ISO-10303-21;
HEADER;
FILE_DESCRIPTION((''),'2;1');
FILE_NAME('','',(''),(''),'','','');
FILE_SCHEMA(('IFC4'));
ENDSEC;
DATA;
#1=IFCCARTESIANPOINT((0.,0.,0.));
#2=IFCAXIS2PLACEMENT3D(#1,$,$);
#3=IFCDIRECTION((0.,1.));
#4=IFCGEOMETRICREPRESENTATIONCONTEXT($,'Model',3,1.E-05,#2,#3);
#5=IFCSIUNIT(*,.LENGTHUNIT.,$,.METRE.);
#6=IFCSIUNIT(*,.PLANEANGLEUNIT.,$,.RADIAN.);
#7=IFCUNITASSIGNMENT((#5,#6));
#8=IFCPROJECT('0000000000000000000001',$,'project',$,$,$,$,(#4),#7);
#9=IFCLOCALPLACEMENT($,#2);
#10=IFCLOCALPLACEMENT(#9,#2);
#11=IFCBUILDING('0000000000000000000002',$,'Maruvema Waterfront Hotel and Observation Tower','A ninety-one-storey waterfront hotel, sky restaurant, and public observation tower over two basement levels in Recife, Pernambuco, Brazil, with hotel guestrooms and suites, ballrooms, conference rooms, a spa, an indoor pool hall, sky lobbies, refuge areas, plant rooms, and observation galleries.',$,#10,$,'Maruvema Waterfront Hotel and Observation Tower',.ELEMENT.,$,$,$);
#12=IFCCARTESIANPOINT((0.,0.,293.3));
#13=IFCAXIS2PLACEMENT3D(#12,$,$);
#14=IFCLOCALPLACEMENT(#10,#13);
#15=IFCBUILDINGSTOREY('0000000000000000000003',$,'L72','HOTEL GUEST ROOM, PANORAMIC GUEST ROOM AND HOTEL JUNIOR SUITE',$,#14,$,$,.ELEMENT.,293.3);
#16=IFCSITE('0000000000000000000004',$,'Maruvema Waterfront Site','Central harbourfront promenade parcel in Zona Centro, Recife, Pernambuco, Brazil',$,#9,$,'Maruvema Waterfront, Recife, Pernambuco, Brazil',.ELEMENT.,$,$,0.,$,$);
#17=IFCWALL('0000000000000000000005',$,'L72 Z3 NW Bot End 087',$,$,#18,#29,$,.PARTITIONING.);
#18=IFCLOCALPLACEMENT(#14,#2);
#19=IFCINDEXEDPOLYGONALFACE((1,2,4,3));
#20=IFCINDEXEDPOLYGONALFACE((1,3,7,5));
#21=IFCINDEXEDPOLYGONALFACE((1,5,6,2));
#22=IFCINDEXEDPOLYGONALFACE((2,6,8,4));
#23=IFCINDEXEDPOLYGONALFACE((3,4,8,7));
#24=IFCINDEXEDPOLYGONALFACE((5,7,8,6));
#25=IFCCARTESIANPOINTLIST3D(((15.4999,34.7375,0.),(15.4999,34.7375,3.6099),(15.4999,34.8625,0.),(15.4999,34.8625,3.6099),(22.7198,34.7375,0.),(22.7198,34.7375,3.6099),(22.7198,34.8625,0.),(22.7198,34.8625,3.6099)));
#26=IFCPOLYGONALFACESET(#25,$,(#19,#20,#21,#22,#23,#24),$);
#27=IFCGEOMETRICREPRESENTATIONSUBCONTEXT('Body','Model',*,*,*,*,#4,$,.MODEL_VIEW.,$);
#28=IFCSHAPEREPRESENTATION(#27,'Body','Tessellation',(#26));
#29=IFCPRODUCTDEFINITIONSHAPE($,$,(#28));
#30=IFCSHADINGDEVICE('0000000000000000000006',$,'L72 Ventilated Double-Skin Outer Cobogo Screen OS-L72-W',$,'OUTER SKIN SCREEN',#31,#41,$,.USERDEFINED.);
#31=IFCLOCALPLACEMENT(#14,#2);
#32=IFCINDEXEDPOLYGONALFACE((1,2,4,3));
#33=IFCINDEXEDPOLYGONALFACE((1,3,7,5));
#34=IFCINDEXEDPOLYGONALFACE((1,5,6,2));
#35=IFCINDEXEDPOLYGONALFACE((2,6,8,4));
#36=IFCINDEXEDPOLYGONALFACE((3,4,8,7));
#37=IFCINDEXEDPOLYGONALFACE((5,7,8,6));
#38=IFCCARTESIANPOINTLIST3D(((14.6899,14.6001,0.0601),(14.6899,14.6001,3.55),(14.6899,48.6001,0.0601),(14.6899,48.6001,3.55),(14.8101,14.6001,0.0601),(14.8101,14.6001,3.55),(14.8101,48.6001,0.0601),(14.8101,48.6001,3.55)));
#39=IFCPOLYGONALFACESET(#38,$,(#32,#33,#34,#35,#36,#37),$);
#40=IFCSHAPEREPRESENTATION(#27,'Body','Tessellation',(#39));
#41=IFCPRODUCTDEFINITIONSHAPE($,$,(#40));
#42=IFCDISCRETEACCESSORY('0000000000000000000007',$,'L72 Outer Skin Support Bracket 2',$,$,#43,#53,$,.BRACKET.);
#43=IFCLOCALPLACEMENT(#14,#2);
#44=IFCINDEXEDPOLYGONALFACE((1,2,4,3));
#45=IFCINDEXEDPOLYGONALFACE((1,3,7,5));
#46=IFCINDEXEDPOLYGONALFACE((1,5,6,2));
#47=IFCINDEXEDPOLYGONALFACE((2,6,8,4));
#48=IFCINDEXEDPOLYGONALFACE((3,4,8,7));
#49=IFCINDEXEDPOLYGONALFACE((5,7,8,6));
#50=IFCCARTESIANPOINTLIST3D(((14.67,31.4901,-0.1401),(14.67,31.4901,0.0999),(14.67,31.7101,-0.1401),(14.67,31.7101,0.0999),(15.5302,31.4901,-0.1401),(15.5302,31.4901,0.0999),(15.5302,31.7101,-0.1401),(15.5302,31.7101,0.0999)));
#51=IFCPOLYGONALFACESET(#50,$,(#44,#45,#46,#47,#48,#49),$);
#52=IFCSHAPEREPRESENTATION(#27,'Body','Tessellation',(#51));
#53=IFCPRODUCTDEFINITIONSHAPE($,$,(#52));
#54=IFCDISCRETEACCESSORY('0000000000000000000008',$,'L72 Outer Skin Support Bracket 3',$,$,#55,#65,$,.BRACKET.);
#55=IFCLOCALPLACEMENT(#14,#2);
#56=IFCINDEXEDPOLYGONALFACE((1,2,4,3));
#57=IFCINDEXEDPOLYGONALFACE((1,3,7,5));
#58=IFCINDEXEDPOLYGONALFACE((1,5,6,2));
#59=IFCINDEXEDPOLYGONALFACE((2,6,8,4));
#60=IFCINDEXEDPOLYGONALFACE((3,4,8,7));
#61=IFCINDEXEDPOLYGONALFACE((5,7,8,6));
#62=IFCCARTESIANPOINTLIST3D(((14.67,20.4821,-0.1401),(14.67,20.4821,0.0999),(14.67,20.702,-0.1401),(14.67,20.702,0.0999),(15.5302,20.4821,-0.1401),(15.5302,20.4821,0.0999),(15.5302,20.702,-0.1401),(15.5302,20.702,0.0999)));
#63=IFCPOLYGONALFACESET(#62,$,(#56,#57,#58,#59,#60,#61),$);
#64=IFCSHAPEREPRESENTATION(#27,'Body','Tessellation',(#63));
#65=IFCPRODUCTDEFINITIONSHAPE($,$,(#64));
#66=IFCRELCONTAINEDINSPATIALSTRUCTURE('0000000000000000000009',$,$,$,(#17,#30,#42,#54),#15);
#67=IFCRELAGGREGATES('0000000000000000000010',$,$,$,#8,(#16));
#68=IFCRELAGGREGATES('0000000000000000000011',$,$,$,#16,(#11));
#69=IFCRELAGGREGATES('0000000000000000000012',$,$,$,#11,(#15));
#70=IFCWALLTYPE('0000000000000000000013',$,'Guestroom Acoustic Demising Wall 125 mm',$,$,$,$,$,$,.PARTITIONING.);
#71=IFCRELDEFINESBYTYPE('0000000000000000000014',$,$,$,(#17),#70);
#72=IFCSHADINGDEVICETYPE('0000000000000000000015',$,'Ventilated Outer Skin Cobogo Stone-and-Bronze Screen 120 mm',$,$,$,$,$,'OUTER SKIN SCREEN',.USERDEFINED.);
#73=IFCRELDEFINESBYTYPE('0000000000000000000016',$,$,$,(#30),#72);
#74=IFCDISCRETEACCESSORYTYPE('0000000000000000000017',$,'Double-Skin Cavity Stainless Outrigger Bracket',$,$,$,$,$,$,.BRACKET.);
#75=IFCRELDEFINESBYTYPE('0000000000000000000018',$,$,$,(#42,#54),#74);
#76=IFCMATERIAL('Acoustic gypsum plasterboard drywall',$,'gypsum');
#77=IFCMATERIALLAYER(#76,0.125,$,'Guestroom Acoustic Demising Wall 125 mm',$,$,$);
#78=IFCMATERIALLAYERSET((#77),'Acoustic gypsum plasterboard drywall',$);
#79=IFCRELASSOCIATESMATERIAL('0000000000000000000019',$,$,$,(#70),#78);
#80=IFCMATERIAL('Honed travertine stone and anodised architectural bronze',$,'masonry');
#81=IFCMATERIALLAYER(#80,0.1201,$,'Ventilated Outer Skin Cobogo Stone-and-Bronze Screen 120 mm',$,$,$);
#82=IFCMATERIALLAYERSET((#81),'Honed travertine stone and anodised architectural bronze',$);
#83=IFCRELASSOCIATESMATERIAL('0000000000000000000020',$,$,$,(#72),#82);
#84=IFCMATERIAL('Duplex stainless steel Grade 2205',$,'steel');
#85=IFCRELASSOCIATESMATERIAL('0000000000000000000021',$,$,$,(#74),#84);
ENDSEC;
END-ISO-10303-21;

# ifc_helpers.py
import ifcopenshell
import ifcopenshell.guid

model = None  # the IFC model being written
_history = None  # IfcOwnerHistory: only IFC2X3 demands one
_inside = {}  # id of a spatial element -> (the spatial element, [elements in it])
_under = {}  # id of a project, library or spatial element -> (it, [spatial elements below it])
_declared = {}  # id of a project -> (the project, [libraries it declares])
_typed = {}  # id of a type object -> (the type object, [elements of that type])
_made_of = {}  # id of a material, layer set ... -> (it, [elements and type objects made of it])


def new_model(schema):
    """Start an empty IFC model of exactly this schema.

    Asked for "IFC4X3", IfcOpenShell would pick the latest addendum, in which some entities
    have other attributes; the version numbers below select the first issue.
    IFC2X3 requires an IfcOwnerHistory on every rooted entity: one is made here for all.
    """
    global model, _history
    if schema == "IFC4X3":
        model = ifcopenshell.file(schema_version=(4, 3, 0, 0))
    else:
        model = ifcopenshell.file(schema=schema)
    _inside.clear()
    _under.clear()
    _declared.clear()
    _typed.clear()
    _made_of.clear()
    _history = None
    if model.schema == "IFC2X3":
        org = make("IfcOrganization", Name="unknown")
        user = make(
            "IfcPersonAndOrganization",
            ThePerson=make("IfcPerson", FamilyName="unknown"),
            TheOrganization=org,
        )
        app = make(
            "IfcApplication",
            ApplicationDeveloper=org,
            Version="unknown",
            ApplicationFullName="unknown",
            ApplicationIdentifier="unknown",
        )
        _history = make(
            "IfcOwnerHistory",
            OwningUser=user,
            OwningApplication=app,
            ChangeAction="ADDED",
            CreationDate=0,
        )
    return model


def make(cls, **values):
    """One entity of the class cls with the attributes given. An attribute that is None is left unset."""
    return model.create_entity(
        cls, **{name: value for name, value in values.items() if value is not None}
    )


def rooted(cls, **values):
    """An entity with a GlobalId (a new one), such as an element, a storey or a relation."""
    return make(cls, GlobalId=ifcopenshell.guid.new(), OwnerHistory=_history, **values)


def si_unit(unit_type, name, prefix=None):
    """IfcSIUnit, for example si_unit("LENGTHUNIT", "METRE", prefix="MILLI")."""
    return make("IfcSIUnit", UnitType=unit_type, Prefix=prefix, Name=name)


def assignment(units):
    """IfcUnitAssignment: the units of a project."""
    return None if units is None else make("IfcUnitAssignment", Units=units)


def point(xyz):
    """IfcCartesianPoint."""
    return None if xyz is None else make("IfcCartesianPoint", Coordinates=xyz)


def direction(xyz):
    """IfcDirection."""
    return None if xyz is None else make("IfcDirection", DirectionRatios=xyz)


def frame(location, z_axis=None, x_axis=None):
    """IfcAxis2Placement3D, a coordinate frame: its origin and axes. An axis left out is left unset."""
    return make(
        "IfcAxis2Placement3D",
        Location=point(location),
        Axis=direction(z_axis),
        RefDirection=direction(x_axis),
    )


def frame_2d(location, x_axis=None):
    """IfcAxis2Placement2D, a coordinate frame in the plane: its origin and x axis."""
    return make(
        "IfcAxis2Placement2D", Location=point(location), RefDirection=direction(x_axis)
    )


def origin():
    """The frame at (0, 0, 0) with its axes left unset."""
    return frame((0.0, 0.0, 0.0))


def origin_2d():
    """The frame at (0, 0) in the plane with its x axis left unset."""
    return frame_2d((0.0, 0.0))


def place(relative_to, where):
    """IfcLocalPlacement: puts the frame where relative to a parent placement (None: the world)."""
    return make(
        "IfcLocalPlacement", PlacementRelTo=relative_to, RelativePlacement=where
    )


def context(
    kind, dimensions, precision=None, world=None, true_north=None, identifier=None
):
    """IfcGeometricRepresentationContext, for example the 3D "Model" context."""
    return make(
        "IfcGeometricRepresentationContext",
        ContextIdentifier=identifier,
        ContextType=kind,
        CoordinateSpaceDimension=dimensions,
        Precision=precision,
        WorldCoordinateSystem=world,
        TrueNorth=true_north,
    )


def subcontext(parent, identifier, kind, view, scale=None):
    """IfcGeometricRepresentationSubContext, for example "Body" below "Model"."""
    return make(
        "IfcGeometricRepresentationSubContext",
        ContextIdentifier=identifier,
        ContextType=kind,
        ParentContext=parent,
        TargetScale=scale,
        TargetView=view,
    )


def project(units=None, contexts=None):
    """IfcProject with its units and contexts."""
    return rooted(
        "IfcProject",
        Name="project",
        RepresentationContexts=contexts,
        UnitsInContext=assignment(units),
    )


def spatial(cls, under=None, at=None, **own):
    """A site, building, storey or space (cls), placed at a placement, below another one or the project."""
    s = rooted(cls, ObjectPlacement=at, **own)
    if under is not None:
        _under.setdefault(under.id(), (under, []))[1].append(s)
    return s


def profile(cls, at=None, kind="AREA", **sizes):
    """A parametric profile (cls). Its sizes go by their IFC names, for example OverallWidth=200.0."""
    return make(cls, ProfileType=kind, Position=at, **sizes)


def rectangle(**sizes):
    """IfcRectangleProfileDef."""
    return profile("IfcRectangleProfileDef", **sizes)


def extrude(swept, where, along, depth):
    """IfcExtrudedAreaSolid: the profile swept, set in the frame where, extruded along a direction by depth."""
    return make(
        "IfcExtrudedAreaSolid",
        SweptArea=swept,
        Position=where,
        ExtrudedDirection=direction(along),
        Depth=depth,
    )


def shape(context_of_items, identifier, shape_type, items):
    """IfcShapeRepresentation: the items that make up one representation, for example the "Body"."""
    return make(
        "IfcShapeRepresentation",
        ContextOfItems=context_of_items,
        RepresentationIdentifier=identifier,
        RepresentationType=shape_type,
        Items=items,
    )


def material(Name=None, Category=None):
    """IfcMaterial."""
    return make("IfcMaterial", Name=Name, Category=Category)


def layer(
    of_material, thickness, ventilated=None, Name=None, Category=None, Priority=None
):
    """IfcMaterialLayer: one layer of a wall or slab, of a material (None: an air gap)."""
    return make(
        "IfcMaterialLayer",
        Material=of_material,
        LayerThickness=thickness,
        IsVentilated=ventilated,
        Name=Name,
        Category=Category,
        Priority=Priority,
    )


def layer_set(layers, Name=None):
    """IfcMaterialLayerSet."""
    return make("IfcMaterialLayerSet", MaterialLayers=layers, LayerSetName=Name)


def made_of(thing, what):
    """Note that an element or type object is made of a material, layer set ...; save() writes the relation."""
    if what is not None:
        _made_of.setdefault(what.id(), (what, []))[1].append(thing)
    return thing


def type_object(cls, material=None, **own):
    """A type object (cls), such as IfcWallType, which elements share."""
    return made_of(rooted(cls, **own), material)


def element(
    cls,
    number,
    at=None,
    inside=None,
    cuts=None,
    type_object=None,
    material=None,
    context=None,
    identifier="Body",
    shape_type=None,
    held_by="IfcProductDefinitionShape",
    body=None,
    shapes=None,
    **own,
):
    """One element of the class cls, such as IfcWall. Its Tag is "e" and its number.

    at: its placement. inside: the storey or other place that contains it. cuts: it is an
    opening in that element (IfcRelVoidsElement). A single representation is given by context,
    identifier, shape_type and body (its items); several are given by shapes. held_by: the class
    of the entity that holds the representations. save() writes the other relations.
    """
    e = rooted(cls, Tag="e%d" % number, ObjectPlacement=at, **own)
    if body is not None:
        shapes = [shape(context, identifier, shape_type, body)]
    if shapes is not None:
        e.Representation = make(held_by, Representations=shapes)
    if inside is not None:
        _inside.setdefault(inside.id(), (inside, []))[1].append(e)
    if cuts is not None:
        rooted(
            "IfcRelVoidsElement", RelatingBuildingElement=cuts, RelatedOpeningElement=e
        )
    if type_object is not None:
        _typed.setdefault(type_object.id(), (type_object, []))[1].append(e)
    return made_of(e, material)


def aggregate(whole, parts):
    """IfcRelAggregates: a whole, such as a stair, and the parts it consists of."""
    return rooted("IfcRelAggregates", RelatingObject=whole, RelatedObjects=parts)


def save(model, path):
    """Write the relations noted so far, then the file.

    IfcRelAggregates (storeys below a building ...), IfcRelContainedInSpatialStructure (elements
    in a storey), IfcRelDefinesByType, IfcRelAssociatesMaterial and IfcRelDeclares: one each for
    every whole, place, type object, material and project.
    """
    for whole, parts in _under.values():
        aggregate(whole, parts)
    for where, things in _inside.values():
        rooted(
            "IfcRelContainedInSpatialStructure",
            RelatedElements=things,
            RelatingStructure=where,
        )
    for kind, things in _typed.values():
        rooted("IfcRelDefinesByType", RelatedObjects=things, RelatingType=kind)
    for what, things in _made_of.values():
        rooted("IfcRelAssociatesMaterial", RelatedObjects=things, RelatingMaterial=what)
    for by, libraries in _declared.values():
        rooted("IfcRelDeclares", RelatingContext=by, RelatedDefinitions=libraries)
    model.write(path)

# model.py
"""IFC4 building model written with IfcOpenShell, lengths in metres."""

from ifc_helpers import new_model, si_unit, direction, frame, frame_2d, origin, origin_2d, place, context, subcontext, project, spatial, rectangle, extrude, material, layer, layer_set, type_object, element, save


model = new_model("IFC4")

# Units and contexts
model_context = context("Model", 3, precision=1e-05, world=origin(), true_north=direction((0.0, 1.0)))
body_context = subcontext(model_context, "Body", "Model", "MODEL_VIEW")
ifc_project = project(units=[si_unit("LENGTHUNIT", "METRE"), si_unit("PLANEANGLEUNIT", "RADIAN")], contexts=[model_context])

# Site, building, storey
site_placement = place(None, origin())
site = spatial("IfcSite", under=ifc_project, at=site_placement, Name="Maruvema Waterfront Site", Description="Central harbourfront promenade parcel in Zona Centro, Recife, Pernambuco, Brazil", LongName="Maruvema Waterfront, Recife, Pernambuco, Brazil", CompositionType="ELEMENT", RefElevation=0.0)
building_placement = place(site_placement, origin())
building = spatial("IfcBuilding", under=site, at=building_placement, Name="Maruvema Waterfront Hotel and Observation Tower", Description="A ninety-one-storey waterfront hotel, sky restaurant, and public observation tower over two basement levels in Recife, Pernambuco, Brazil, with hotel guestrooms and suites, ballrooms, conference rooms, a spa, an indoor pool hall, sky lobbies, refuge areas, plant rooms, and observation galleries.", LongName="Maruvema Waterfront Hotel and Observation Tower", CompositionType="ELEMENT")
storey_placement = place(building_placement, frame((0.0, 0.0, 293.3)))
storey = spatial("IfcBuildingStorey", under=building, at=storey_placement, Name="L72", Description="HOTEL GUEST ROOM, PANORAMIC GUEST ROOM AND HOTEL JUNIOR SUITE", CompositionType="ELEMENT", Elevation=293.3)

# Wall
ifc_material_1 = material(Name="Acoustic gypsum plasterboard drywall", Category="gypsum")
ifc_layer_1 = layer(ifc_material_1, 0.125, Name="Guestroom Acoustic Demising Wall 125 mm")
ifc_layer_set_1 = layer_set([ifc_layer_1], Name="Acoustic gypsum plasterboard drywall")
wall_type_1 = type_object("IfcWallType", Name="Guestroom Acoustic Demising Wall 125 mm", PredefinedType="PARTITIONING", material=ifc_layer_set_1)
wall_1_placement = place(storey_placement, frame((15.5, 34.8, 0.0), z_axis=(0.0, 0.0, 1.0), x_axis=(1.0, 0.0, 0.0)))
element("IfcWall", 1, at=wall_1_placement, inside=storey, type_object=wall_type_1, Name="L72 Z3 NW Bot End 087", PredefinedType="PARTITIONING", context=body_context, shape_type="SweptSolid", body=[
    extrude(rectangle(XDim=7.22, YDim=0.125, at=frame_2d((3.6099, 0.0))), origin(), (0.0, 0.0, 1.0), 3.6099),
])

# Shading device
ifc_material_2 = material(Name="Honed travertine stone and anodised architectural bronze", Category="masonry")
ifc_layer_2 = layer(ifc_material_2, 0.1201, Name="Ventilated Outer Skin Cobogo Stone-and-Bronze Screen 120 mm")
ifc_layer_set_2 = layer_set([ifc_layer_2], Name="Honed travertine stone and anodised architectural bronze")
shading_device_type = type_object("IfcShadingDeviceType", Name="Ventilated Outer Skin Cobogo Stone-and-Bronze Screen 120 mm", ElementType="OUTER SKIN SCREEN", PredefinedType="USERDEFINED", material=ifc_layer_set_2)
shading_device_placement = place(storey_placement, frame((14.75, 31.6001, 0.0601), z_axis=(0.0, 0.0, 1.0), x_axis=(0.0, -1.0, 0.0)))
element("IfcShadingDevice", 2, at=shading_device_placement, inside=storey, type_object=shading_device_type, Name="L72 Ventilated Double-Skin Outer Cobogo Screen OS-L72-W", ObjectType="OUTER SKIN SCREEN", PredefinedType="USERDEFINED", context=body_context, shape_type="SweptSolid", body=[
    extrude(rectangle(XDim=34.0, YDim=0.1201, at=origin_2d()), origin(), (0.0, 0.0, 1.0), 3.49),
])

# Discrete accessories
ifc_material_3 = material(Name="Duplex stainless steel Grade 2205", Category="steel")
discrete_accessory_type = type_object("IfcDiscreteAccessoryType", Name="Double-Skin Cavity Stainless Outrigger Bracket", PredefinedType="BRACKET", material=ifc_material_3)
for number, where, z_axis, x_axis, name in (
    (3, (15.1001, 31.6001, -0.1401), (0.0, 0.0, 1.0), (0.0, -1.0, 0.0), "L72 Outer Skin Support Bracket 2"),
    (4, (15.1001, 20.592, -0.1401), (0.0, 0.0, 1.0), (0.0, -1.0, 0.0), "L72 Outer Skin Support Bracket 3"),
):
    element("IfcDiscreteAccessory", number, at=place(storey_placement, frame(where, z_axis=z_axis, x_axis=x_axis)), inside=storey, type_object=discrete_accessory_type, Name=name, PredefinedType="BRACKET", context=body_context, shape_type="SweptSolid", body=[
        extrude(rectangle(XDim=0.22, YDim=0.8601, at=origin_2d()), origin(), (0.0, 0.0, 1.0), 0.24),
    ])

save(model, "model.ifc")
